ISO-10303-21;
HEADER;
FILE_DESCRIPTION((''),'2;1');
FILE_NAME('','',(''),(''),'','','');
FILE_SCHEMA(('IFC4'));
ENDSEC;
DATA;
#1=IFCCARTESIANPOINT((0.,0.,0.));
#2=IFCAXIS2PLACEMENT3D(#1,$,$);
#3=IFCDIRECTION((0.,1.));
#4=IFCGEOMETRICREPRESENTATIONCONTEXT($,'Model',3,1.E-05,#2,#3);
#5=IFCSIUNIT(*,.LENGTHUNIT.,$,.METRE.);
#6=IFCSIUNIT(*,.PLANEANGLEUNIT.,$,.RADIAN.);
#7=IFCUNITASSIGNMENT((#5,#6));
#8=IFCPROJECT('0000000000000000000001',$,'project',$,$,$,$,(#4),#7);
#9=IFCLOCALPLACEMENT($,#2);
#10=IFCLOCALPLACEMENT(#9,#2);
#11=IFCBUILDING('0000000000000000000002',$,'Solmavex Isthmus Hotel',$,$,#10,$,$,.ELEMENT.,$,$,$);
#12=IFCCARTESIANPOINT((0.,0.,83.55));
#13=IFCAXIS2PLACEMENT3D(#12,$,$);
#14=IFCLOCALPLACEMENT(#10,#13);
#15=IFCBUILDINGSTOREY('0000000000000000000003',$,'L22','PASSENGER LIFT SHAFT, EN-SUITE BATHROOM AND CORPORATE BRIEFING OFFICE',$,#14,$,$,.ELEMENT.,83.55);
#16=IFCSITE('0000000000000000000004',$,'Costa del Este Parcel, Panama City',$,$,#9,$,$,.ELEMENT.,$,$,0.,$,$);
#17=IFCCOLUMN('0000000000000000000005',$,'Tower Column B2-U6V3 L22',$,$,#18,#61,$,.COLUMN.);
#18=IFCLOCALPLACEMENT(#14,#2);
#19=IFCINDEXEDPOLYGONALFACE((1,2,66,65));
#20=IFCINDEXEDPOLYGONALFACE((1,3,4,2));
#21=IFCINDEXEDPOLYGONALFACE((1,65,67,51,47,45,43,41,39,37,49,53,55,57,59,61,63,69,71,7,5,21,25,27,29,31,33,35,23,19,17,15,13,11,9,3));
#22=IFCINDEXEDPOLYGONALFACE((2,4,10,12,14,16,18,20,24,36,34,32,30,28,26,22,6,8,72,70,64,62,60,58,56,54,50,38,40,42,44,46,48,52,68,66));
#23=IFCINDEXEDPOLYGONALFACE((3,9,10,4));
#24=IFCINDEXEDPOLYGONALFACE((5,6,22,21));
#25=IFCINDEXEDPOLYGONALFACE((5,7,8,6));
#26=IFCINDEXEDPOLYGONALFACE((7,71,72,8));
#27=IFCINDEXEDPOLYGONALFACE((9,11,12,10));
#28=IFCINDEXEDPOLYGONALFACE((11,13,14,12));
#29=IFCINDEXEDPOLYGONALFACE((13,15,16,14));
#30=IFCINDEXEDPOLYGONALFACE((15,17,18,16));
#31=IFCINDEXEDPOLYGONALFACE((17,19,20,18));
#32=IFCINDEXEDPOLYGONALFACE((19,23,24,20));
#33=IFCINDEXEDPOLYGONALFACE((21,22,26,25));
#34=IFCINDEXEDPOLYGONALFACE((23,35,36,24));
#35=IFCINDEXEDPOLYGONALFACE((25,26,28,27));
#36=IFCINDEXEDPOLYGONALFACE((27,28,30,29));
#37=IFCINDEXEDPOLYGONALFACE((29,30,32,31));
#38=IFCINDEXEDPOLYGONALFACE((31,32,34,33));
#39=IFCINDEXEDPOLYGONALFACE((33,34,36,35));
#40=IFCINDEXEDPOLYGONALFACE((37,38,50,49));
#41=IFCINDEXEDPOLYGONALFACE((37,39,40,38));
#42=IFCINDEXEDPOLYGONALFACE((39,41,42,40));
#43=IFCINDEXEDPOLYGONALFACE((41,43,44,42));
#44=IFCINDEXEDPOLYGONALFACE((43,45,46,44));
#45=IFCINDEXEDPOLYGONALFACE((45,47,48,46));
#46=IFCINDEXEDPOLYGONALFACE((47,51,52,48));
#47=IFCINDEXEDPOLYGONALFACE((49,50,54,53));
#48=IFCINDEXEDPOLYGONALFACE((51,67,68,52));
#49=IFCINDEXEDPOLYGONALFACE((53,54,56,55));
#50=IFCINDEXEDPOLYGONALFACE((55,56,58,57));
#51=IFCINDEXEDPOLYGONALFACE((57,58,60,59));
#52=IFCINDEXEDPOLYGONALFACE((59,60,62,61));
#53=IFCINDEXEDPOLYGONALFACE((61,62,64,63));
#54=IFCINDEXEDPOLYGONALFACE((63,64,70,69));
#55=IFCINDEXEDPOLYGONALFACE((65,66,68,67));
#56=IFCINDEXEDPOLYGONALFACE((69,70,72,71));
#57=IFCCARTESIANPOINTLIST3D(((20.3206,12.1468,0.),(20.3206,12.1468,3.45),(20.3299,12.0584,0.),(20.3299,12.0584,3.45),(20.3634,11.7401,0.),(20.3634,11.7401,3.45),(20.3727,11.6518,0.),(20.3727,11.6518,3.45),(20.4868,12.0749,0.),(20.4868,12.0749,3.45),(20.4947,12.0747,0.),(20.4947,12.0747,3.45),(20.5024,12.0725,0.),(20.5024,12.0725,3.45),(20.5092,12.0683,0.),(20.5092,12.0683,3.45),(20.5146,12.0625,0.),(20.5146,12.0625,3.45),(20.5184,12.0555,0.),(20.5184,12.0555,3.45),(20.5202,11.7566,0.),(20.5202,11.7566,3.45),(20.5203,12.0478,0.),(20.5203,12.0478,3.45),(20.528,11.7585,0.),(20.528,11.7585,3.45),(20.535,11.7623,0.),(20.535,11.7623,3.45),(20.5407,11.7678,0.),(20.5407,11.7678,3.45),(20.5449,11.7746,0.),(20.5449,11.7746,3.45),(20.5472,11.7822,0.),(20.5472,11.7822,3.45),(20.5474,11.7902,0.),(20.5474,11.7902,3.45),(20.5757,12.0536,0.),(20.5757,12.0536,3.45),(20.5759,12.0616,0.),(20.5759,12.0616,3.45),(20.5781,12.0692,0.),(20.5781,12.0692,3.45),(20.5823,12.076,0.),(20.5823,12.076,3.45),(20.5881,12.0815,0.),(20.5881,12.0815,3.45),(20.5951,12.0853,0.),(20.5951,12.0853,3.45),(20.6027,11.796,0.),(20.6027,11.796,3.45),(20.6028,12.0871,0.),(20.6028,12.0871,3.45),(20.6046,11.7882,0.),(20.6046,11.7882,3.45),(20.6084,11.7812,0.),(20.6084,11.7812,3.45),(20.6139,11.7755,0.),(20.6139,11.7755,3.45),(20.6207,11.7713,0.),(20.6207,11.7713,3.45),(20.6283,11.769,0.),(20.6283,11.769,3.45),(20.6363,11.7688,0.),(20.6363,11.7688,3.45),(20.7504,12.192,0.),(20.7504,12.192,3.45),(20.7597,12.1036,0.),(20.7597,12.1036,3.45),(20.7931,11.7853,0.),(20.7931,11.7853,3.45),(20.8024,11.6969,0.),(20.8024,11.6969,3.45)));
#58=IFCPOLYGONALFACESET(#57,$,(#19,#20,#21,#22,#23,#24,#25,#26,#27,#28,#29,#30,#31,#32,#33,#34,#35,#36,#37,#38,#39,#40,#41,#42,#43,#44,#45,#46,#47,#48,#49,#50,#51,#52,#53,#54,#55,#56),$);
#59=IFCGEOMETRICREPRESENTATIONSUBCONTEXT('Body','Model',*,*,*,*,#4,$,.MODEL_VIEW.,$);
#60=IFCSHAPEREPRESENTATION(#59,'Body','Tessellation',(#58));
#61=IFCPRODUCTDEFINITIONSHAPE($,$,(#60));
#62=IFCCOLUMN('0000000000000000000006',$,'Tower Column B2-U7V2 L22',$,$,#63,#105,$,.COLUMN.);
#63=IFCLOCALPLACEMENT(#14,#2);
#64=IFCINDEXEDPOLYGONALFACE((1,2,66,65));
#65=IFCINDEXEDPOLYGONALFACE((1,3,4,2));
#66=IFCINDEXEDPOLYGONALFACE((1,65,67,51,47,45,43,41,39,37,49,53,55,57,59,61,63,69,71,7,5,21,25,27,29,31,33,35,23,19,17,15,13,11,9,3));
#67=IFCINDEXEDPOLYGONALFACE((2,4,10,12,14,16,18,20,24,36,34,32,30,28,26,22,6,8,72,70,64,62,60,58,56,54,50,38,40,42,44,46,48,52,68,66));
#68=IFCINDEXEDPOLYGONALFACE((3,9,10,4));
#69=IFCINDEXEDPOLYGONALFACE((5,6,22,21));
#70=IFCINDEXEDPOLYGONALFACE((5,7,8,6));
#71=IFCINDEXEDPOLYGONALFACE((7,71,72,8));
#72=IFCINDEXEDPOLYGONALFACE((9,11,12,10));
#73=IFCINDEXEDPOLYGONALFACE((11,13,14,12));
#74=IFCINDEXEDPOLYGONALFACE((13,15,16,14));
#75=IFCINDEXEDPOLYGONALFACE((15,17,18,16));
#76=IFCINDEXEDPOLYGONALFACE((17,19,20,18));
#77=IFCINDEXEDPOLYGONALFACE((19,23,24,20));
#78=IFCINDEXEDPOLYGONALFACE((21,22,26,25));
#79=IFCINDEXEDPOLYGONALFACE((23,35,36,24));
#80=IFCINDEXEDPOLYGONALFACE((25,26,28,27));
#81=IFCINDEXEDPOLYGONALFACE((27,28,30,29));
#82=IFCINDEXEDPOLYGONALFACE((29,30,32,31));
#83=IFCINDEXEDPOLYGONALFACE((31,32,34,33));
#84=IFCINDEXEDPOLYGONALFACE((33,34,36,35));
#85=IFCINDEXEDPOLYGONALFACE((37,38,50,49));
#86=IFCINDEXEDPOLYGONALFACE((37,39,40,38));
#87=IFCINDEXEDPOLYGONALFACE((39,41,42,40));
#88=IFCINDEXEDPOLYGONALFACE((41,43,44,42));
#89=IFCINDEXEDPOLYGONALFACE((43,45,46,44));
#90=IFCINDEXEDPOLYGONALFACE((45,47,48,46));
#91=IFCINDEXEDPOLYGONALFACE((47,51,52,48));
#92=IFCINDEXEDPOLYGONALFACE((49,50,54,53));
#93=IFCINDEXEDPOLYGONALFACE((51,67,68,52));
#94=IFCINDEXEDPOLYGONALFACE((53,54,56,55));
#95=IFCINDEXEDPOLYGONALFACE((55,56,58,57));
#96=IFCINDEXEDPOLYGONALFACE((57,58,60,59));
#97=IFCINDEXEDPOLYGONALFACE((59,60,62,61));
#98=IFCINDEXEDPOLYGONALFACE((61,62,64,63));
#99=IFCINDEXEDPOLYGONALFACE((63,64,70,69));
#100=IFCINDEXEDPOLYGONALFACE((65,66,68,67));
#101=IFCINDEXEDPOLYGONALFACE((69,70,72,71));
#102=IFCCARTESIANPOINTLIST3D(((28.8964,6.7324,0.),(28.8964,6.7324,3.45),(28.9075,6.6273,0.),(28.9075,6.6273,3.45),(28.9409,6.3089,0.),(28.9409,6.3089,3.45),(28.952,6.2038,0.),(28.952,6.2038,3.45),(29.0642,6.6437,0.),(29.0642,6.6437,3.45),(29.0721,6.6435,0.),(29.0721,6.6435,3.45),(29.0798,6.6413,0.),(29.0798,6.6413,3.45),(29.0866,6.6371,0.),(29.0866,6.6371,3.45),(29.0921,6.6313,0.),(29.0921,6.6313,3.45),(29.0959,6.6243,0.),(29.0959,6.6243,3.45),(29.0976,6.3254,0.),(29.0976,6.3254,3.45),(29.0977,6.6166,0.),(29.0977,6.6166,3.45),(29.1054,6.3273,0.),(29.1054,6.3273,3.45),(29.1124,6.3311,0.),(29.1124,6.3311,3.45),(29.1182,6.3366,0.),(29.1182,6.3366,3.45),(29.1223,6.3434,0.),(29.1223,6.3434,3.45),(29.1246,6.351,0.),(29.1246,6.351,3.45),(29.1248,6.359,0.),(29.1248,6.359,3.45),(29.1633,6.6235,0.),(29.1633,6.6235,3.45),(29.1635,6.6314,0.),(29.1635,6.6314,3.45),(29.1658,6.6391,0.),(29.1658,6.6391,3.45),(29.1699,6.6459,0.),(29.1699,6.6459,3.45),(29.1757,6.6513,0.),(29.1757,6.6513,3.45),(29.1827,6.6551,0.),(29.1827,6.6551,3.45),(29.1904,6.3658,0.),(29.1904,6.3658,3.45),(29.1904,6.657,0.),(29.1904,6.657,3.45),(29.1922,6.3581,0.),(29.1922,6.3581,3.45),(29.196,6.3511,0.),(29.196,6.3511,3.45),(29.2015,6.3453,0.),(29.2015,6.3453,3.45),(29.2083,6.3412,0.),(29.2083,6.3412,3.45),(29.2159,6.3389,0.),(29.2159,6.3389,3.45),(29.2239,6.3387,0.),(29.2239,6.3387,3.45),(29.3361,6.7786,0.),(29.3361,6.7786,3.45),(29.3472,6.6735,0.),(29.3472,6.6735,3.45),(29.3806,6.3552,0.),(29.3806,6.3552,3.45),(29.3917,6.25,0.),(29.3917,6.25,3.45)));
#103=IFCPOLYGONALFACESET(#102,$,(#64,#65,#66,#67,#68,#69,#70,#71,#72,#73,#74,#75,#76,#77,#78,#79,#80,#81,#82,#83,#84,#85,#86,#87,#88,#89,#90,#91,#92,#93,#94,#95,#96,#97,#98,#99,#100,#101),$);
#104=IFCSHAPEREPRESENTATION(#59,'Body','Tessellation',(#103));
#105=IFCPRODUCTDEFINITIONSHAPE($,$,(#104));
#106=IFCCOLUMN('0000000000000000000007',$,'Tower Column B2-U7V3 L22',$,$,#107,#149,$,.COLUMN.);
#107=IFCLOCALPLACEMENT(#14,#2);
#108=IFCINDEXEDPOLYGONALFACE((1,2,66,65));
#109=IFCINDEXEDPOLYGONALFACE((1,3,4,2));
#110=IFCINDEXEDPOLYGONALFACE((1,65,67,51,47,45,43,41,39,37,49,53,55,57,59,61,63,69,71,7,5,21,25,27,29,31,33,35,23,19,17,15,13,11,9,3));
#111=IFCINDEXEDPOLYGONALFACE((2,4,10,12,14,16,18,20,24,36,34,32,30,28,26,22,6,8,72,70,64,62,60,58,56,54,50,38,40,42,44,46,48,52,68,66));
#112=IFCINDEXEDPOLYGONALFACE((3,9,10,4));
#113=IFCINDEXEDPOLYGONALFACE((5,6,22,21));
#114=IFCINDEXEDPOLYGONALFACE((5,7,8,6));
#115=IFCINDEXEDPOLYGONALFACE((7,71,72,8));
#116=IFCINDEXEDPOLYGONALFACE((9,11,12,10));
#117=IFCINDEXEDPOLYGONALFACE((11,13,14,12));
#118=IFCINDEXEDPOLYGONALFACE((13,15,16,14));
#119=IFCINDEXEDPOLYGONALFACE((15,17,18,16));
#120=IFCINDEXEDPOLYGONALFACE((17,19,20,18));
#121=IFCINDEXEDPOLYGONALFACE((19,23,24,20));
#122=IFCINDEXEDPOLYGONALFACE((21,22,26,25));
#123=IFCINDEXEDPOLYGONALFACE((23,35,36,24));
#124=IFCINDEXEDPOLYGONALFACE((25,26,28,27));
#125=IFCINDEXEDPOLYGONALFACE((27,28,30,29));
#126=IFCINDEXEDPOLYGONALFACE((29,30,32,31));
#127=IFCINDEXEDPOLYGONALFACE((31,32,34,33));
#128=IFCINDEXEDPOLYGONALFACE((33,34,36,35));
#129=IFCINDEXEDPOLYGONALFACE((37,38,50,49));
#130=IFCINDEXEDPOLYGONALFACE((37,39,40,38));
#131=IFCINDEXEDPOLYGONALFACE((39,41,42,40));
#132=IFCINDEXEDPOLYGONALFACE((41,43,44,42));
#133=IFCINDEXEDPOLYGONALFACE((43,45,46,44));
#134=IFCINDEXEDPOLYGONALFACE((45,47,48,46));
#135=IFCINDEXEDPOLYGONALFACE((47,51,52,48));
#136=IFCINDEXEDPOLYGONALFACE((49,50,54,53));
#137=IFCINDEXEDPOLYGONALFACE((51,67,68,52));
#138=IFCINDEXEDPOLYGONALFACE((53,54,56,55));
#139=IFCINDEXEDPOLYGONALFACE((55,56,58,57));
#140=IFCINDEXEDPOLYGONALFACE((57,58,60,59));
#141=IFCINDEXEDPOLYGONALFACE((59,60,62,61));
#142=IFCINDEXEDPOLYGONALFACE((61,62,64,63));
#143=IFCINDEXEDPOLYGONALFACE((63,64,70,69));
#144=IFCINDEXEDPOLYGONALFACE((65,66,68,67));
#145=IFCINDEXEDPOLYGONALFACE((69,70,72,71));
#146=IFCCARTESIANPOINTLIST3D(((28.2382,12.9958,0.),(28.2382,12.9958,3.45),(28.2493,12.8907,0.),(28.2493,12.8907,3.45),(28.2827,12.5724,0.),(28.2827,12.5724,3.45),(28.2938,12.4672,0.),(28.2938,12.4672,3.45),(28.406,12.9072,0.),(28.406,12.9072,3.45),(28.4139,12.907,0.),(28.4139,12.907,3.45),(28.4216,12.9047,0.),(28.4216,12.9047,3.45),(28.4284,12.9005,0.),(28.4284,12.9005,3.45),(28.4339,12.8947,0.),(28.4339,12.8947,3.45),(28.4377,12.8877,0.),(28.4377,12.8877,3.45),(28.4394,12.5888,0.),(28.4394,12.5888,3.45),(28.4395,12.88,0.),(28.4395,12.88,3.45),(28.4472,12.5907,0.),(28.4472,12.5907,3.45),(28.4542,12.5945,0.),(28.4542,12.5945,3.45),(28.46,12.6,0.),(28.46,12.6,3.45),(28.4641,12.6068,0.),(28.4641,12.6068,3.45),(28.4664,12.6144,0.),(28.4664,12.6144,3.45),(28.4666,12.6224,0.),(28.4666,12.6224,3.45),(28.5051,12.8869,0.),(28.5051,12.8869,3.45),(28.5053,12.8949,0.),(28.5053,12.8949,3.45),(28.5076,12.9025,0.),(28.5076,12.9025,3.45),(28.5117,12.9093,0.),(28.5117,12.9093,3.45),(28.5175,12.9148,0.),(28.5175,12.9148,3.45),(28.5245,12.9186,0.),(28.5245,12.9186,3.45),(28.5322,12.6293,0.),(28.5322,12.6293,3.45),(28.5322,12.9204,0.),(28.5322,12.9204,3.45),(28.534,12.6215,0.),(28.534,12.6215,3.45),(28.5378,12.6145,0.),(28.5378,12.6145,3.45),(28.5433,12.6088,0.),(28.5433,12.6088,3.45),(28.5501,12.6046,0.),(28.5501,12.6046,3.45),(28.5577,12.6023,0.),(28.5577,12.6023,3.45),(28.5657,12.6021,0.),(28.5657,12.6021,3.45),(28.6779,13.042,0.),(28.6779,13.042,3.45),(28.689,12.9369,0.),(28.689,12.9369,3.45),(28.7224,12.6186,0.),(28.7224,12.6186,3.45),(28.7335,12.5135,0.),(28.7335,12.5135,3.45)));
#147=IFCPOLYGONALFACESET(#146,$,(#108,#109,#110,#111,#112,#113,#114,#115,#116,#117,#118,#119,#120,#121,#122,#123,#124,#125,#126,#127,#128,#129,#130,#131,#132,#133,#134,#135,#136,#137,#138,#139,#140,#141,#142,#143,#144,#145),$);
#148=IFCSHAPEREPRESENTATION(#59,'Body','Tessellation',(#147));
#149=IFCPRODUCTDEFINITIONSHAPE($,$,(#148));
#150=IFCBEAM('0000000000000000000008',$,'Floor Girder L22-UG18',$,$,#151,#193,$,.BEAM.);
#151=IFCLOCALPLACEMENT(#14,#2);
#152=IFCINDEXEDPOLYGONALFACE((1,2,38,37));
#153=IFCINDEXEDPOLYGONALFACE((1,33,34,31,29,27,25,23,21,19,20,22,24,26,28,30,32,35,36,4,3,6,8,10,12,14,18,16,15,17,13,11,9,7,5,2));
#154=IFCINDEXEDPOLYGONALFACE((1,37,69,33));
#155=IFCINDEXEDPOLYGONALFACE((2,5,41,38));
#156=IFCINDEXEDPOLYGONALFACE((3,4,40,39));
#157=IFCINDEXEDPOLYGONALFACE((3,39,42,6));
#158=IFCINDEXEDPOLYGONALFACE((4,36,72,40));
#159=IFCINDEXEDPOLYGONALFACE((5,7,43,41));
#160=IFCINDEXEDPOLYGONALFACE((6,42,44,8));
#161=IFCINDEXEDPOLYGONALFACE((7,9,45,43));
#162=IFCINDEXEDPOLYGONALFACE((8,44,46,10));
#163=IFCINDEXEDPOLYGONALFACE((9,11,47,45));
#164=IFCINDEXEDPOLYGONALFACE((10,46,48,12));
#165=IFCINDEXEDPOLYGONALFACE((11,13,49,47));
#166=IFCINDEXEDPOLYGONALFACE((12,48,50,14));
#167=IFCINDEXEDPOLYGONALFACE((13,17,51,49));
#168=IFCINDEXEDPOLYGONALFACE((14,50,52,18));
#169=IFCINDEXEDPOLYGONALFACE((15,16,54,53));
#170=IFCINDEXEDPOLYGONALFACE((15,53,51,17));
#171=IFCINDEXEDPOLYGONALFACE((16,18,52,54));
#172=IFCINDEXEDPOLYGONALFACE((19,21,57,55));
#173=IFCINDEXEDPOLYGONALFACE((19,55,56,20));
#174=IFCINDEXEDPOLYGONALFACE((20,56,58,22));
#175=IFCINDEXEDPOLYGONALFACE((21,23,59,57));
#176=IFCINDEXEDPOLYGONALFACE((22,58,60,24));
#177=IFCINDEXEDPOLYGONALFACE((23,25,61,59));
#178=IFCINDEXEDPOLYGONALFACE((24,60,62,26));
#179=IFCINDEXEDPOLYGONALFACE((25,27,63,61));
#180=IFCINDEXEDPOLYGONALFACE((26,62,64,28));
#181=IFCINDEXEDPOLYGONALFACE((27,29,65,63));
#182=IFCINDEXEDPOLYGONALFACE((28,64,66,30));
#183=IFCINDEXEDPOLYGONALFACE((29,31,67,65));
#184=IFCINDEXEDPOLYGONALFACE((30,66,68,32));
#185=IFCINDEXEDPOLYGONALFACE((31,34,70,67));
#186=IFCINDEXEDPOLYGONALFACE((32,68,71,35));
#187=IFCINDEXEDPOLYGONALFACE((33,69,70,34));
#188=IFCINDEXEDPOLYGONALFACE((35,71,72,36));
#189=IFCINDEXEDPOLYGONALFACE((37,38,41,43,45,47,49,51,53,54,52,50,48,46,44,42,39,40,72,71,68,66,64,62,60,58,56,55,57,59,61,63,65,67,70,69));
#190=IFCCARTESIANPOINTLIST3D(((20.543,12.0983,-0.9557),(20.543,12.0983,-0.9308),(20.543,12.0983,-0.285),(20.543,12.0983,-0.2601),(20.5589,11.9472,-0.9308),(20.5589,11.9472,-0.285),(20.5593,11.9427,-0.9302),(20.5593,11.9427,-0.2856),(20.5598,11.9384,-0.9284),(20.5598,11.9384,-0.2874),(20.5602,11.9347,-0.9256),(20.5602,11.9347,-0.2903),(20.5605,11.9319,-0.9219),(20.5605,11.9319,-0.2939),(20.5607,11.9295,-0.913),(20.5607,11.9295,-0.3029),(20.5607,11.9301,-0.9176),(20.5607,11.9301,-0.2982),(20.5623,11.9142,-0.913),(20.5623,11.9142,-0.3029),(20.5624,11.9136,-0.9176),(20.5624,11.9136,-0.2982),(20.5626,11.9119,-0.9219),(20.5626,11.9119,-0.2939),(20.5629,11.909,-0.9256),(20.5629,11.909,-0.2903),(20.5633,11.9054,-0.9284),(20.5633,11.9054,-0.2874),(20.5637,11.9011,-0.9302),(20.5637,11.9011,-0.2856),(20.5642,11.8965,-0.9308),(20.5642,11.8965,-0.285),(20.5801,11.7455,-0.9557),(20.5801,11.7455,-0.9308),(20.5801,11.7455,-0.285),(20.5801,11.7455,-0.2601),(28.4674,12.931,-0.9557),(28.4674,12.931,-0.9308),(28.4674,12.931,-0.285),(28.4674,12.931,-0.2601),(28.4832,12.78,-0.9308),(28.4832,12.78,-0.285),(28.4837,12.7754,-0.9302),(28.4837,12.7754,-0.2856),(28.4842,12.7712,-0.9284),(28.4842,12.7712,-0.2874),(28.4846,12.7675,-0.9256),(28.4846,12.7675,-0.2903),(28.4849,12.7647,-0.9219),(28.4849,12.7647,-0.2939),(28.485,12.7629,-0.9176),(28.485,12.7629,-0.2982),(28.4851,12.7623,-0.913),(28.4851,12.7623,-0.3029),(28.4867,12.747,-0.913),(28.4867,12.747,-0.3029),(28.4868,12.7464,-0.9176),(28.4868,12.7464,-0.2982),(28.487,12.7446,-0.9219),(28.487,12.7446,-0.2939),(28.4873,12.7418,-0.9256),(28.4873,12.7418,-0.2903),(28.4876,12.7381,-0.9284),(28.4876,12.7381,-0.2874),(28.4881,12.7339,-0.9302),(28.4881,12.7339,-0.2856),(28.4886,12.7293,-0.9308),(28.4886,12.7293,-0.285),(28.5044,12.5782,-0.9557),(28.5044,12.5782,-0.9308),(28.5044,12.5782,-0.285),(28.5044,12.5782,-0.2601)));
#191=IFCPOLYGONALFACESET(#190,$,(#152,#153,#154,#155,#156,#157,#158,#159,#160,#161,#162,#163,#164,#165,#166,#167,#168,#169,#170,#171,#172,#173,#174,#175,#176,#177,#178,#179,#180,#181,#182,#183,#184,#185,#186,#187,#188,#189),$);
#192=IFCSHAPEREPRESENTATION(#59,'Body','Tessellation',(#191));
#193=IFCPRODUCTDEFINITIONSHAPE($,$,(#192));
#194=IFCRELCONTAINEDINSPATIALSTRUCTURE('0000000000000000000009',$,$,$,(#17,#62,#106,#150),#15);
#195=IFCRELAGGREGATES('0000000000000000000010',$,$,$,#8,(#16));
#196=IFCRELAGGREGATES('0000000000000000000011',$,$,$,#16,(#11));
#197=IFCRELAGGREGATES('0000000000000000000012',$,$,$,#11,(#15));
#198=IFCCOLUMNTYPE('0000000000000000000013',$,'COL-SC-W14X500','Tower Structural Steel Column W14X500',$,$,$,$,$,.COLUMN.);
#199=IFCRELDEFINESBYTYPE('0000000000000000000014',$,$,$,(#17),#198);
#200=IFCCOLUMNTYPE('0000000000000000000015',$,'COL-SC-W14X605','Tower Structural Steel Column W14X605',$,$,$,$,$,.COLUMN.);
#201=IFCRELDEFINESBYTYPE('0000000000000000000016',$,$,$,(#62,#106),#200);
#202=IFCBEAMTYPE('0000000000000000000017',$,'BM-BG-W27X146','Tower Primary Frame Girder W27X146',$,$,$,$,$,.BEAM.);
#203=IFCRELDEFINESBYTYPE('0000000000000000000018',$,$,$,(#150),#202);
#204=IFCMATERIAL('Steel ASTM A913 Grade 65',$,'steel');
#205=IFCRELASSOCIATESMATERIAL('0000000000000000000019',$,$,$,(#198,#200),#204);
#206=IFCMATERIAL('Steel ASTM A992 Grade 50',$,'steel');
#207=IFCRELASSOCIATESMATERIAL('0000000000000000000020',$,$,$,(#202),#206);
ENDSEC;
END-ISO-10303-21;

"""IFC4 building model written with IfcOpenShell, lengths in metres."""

from ifc_helpers import new_model, si_unit, direction, frame, origin, origin_2d, place, context, subcontext, project, spatial, i_section, extrude, material, material_profile, profile_set, type_object, element, save


model = new_model("IFC4")

# Units and contexts
model_context = context("Model", 3, precision=1e-05, world=origin(), true_north=direction((0.0, 1.0)))
body_context = subcontext(model_context, "Body", "Model", "MODEL_VIEW")
ifc_project = project(units=[si_unit("LENGTHUNIT", "METRE"), si_unit("PLANEANGLEUNIT", "RADIAN")], contexts=[model_context])

# Site, building, storey
site_placement = place(None, origin())
site = spatial("IfcSite", under=ifc_project, at=site_placement, Name="Costa del Este Parcel, Panama City", CompositionType="ELEMENT", RefElevation=0.0)
building_placement = place(site_placement, origin())
building = spatial("IfcBuilding", under=site, at=building_placement, Name="Solmavex Isthmus Hotel", CompositionType="ELEMENT")
storey_placement = place(building_placement, frame((0.0, 0.0, 83.55)))
storey = spatial("IfcBuildingStorey", under=building, at=storey_placement, Name="L22", Description="PASSENGER LIFT SHAFT, EN-SUITE BATHROOM AND CORPORATE BRIEFING OFFICE", CompositionType="ELEMENT", Elevation=83.55)

# Columns
ifc_material_1 = material(Name="Steel ASTM A913 Grade 65", Category="steel")
ifc_material_profile_1 = material_profile(ifc_material_1, i_section(OverallWidth=0.4321, OverallDepth=0.4978, WebThickness=0.0557, FlangeThickness=0.0889, FilletRadius=0.0305, at=origin_2d()), Name="W14X500")
ifc_profile_set_1 = profile_set([ifc_material_profile_1], Name="Steel ASTM A913 Grade 65")
column_type_1 = type_object("IfcColumnType", Name="COL-SC-W14X500", Description="Tower Structural Steel Column W14X500", PredefinedType="COLUMN", material=ifc_profile_set_1)
column_placement = place(storey_placement, frame((20.5615, 11.9219, 0.0), z_axis=(0.0, 0.0, 1.0), x_axis=(0.994522, 0.104528, 0.0)))
element("IfcColumn", 1, at=column_placement, inside=storey, type_object=column_type_1, Name="Tower Column B2-U6V3 L22", PredefinedType="COLUMN", context=body_context, shape_type="SweptSolid", body=[
    extrude(i_section(OverallWidth=0.4321, OverallDepth=0.4978, WebThickness=0.0557, FlangeThickness=0.0889, FilletRadius=0.0305, at=origin_2d()), origin(), (0.0, 0.0, 1.0), 3.45),
])
ifc_material_profile_2 = material_profile(ifc_material_1, i_section(OverallWidth=0.4421, OverallDepth=0.5315, WebThickness=0.0659, FlangeThickness=0.1057, FilletRadius=0.0305, at=origin_2d()), Name="W14X605")
ifc_profile_set_2 = profile_set([ifc_material_profile_2], Name="Steel ASTM A913 Grade 65")
column_type_2 = type_object("IfcColumnType", Name="COL-SC-W14X605", Description="Tower Structural Steel Column W14X605", PredefinedType="COLUMN", material=ifc_profile_set_2)
for number, where, z_axis, x_axis, name in (
    (2, (29.144, 6.4912, 0.0), (0.0, 0.0, 1.0), (0.994522, 0.104528, 0.0), "Tower Column B2-U7V2 L22"),
    (3, (28.4858, 12.7546, 0.0), (0.0, 0.0, 1.0), (0.994522, 0.104528, 0.0), "Tower Column B2-U7V3 L22"),
):
    element("IfcColumn", number, at=place(storey_placement, frame(where, z_axis=z_axis, x_axis=x_axis)), inside=storey, type_object=column_type_2, Name=name, PredefinedType="COLUMN", context=body_context, shape_type="SweptSolid", body=[
        extrude(i_section(OverallWidth=0.4421, OverallDepth=0.5315, WebThickness=0.0659, FlangeThickness=0.1057, FilletRadius=0.0305, at=origin_2d()), origin(), (0.0, 0.0, 1.0), 3.45),
    ])

# Beam
ifc_material_2 = material(Name="Steel ASTM A992 Grade 50", Category="steel")
ifc_material_profile_3 = material_profile(ifc_material_2, i_section(OverallWidth=0.3547, OverallDepth=0.6956, WebThickness=0.0154, FlangeThickness=0.0249, FilletRadius=0.0178, at=origin_2d()), Name="W27X146")
ifc_profile_set_3 = profile_set([ifc_material_profile_3], Name="Steel ASTM A992 Grade 50")
beam_type_1 = type_object("IfcBeamType", Name="BM-BG-W27X146", Description="Tower Primary Frame Girder W27X146", PredefinedType="BEAM", material=ifc_profile_set_3)
beam_1_placement = place(storey_placement, frame((20.5615, 11.9219, -0.6079), z_axis=(0.994523, 0.104514, 0.0), x_axis=(-0.104514, 0.994523, 0.0)))
element("IfcBeam", 4, at=beam_1_placement, inside=storey, type_object=beam_type_1, Name="Floor Girder L22-UG18", PredefinedType="BEAM", context=body_context, shape_type="SweptSolid", body=[
    extrude(i_section(OverallWidth=0.3547, OverallDepth=0.6956, WebThickness=0.0154, FlangeThickness=0.0249, FilletRadius=0.0178, at=origin_2d()), origin(), (0.0, 0.0, 1.0), 7.968),
])

save(model, "model.ifc")
